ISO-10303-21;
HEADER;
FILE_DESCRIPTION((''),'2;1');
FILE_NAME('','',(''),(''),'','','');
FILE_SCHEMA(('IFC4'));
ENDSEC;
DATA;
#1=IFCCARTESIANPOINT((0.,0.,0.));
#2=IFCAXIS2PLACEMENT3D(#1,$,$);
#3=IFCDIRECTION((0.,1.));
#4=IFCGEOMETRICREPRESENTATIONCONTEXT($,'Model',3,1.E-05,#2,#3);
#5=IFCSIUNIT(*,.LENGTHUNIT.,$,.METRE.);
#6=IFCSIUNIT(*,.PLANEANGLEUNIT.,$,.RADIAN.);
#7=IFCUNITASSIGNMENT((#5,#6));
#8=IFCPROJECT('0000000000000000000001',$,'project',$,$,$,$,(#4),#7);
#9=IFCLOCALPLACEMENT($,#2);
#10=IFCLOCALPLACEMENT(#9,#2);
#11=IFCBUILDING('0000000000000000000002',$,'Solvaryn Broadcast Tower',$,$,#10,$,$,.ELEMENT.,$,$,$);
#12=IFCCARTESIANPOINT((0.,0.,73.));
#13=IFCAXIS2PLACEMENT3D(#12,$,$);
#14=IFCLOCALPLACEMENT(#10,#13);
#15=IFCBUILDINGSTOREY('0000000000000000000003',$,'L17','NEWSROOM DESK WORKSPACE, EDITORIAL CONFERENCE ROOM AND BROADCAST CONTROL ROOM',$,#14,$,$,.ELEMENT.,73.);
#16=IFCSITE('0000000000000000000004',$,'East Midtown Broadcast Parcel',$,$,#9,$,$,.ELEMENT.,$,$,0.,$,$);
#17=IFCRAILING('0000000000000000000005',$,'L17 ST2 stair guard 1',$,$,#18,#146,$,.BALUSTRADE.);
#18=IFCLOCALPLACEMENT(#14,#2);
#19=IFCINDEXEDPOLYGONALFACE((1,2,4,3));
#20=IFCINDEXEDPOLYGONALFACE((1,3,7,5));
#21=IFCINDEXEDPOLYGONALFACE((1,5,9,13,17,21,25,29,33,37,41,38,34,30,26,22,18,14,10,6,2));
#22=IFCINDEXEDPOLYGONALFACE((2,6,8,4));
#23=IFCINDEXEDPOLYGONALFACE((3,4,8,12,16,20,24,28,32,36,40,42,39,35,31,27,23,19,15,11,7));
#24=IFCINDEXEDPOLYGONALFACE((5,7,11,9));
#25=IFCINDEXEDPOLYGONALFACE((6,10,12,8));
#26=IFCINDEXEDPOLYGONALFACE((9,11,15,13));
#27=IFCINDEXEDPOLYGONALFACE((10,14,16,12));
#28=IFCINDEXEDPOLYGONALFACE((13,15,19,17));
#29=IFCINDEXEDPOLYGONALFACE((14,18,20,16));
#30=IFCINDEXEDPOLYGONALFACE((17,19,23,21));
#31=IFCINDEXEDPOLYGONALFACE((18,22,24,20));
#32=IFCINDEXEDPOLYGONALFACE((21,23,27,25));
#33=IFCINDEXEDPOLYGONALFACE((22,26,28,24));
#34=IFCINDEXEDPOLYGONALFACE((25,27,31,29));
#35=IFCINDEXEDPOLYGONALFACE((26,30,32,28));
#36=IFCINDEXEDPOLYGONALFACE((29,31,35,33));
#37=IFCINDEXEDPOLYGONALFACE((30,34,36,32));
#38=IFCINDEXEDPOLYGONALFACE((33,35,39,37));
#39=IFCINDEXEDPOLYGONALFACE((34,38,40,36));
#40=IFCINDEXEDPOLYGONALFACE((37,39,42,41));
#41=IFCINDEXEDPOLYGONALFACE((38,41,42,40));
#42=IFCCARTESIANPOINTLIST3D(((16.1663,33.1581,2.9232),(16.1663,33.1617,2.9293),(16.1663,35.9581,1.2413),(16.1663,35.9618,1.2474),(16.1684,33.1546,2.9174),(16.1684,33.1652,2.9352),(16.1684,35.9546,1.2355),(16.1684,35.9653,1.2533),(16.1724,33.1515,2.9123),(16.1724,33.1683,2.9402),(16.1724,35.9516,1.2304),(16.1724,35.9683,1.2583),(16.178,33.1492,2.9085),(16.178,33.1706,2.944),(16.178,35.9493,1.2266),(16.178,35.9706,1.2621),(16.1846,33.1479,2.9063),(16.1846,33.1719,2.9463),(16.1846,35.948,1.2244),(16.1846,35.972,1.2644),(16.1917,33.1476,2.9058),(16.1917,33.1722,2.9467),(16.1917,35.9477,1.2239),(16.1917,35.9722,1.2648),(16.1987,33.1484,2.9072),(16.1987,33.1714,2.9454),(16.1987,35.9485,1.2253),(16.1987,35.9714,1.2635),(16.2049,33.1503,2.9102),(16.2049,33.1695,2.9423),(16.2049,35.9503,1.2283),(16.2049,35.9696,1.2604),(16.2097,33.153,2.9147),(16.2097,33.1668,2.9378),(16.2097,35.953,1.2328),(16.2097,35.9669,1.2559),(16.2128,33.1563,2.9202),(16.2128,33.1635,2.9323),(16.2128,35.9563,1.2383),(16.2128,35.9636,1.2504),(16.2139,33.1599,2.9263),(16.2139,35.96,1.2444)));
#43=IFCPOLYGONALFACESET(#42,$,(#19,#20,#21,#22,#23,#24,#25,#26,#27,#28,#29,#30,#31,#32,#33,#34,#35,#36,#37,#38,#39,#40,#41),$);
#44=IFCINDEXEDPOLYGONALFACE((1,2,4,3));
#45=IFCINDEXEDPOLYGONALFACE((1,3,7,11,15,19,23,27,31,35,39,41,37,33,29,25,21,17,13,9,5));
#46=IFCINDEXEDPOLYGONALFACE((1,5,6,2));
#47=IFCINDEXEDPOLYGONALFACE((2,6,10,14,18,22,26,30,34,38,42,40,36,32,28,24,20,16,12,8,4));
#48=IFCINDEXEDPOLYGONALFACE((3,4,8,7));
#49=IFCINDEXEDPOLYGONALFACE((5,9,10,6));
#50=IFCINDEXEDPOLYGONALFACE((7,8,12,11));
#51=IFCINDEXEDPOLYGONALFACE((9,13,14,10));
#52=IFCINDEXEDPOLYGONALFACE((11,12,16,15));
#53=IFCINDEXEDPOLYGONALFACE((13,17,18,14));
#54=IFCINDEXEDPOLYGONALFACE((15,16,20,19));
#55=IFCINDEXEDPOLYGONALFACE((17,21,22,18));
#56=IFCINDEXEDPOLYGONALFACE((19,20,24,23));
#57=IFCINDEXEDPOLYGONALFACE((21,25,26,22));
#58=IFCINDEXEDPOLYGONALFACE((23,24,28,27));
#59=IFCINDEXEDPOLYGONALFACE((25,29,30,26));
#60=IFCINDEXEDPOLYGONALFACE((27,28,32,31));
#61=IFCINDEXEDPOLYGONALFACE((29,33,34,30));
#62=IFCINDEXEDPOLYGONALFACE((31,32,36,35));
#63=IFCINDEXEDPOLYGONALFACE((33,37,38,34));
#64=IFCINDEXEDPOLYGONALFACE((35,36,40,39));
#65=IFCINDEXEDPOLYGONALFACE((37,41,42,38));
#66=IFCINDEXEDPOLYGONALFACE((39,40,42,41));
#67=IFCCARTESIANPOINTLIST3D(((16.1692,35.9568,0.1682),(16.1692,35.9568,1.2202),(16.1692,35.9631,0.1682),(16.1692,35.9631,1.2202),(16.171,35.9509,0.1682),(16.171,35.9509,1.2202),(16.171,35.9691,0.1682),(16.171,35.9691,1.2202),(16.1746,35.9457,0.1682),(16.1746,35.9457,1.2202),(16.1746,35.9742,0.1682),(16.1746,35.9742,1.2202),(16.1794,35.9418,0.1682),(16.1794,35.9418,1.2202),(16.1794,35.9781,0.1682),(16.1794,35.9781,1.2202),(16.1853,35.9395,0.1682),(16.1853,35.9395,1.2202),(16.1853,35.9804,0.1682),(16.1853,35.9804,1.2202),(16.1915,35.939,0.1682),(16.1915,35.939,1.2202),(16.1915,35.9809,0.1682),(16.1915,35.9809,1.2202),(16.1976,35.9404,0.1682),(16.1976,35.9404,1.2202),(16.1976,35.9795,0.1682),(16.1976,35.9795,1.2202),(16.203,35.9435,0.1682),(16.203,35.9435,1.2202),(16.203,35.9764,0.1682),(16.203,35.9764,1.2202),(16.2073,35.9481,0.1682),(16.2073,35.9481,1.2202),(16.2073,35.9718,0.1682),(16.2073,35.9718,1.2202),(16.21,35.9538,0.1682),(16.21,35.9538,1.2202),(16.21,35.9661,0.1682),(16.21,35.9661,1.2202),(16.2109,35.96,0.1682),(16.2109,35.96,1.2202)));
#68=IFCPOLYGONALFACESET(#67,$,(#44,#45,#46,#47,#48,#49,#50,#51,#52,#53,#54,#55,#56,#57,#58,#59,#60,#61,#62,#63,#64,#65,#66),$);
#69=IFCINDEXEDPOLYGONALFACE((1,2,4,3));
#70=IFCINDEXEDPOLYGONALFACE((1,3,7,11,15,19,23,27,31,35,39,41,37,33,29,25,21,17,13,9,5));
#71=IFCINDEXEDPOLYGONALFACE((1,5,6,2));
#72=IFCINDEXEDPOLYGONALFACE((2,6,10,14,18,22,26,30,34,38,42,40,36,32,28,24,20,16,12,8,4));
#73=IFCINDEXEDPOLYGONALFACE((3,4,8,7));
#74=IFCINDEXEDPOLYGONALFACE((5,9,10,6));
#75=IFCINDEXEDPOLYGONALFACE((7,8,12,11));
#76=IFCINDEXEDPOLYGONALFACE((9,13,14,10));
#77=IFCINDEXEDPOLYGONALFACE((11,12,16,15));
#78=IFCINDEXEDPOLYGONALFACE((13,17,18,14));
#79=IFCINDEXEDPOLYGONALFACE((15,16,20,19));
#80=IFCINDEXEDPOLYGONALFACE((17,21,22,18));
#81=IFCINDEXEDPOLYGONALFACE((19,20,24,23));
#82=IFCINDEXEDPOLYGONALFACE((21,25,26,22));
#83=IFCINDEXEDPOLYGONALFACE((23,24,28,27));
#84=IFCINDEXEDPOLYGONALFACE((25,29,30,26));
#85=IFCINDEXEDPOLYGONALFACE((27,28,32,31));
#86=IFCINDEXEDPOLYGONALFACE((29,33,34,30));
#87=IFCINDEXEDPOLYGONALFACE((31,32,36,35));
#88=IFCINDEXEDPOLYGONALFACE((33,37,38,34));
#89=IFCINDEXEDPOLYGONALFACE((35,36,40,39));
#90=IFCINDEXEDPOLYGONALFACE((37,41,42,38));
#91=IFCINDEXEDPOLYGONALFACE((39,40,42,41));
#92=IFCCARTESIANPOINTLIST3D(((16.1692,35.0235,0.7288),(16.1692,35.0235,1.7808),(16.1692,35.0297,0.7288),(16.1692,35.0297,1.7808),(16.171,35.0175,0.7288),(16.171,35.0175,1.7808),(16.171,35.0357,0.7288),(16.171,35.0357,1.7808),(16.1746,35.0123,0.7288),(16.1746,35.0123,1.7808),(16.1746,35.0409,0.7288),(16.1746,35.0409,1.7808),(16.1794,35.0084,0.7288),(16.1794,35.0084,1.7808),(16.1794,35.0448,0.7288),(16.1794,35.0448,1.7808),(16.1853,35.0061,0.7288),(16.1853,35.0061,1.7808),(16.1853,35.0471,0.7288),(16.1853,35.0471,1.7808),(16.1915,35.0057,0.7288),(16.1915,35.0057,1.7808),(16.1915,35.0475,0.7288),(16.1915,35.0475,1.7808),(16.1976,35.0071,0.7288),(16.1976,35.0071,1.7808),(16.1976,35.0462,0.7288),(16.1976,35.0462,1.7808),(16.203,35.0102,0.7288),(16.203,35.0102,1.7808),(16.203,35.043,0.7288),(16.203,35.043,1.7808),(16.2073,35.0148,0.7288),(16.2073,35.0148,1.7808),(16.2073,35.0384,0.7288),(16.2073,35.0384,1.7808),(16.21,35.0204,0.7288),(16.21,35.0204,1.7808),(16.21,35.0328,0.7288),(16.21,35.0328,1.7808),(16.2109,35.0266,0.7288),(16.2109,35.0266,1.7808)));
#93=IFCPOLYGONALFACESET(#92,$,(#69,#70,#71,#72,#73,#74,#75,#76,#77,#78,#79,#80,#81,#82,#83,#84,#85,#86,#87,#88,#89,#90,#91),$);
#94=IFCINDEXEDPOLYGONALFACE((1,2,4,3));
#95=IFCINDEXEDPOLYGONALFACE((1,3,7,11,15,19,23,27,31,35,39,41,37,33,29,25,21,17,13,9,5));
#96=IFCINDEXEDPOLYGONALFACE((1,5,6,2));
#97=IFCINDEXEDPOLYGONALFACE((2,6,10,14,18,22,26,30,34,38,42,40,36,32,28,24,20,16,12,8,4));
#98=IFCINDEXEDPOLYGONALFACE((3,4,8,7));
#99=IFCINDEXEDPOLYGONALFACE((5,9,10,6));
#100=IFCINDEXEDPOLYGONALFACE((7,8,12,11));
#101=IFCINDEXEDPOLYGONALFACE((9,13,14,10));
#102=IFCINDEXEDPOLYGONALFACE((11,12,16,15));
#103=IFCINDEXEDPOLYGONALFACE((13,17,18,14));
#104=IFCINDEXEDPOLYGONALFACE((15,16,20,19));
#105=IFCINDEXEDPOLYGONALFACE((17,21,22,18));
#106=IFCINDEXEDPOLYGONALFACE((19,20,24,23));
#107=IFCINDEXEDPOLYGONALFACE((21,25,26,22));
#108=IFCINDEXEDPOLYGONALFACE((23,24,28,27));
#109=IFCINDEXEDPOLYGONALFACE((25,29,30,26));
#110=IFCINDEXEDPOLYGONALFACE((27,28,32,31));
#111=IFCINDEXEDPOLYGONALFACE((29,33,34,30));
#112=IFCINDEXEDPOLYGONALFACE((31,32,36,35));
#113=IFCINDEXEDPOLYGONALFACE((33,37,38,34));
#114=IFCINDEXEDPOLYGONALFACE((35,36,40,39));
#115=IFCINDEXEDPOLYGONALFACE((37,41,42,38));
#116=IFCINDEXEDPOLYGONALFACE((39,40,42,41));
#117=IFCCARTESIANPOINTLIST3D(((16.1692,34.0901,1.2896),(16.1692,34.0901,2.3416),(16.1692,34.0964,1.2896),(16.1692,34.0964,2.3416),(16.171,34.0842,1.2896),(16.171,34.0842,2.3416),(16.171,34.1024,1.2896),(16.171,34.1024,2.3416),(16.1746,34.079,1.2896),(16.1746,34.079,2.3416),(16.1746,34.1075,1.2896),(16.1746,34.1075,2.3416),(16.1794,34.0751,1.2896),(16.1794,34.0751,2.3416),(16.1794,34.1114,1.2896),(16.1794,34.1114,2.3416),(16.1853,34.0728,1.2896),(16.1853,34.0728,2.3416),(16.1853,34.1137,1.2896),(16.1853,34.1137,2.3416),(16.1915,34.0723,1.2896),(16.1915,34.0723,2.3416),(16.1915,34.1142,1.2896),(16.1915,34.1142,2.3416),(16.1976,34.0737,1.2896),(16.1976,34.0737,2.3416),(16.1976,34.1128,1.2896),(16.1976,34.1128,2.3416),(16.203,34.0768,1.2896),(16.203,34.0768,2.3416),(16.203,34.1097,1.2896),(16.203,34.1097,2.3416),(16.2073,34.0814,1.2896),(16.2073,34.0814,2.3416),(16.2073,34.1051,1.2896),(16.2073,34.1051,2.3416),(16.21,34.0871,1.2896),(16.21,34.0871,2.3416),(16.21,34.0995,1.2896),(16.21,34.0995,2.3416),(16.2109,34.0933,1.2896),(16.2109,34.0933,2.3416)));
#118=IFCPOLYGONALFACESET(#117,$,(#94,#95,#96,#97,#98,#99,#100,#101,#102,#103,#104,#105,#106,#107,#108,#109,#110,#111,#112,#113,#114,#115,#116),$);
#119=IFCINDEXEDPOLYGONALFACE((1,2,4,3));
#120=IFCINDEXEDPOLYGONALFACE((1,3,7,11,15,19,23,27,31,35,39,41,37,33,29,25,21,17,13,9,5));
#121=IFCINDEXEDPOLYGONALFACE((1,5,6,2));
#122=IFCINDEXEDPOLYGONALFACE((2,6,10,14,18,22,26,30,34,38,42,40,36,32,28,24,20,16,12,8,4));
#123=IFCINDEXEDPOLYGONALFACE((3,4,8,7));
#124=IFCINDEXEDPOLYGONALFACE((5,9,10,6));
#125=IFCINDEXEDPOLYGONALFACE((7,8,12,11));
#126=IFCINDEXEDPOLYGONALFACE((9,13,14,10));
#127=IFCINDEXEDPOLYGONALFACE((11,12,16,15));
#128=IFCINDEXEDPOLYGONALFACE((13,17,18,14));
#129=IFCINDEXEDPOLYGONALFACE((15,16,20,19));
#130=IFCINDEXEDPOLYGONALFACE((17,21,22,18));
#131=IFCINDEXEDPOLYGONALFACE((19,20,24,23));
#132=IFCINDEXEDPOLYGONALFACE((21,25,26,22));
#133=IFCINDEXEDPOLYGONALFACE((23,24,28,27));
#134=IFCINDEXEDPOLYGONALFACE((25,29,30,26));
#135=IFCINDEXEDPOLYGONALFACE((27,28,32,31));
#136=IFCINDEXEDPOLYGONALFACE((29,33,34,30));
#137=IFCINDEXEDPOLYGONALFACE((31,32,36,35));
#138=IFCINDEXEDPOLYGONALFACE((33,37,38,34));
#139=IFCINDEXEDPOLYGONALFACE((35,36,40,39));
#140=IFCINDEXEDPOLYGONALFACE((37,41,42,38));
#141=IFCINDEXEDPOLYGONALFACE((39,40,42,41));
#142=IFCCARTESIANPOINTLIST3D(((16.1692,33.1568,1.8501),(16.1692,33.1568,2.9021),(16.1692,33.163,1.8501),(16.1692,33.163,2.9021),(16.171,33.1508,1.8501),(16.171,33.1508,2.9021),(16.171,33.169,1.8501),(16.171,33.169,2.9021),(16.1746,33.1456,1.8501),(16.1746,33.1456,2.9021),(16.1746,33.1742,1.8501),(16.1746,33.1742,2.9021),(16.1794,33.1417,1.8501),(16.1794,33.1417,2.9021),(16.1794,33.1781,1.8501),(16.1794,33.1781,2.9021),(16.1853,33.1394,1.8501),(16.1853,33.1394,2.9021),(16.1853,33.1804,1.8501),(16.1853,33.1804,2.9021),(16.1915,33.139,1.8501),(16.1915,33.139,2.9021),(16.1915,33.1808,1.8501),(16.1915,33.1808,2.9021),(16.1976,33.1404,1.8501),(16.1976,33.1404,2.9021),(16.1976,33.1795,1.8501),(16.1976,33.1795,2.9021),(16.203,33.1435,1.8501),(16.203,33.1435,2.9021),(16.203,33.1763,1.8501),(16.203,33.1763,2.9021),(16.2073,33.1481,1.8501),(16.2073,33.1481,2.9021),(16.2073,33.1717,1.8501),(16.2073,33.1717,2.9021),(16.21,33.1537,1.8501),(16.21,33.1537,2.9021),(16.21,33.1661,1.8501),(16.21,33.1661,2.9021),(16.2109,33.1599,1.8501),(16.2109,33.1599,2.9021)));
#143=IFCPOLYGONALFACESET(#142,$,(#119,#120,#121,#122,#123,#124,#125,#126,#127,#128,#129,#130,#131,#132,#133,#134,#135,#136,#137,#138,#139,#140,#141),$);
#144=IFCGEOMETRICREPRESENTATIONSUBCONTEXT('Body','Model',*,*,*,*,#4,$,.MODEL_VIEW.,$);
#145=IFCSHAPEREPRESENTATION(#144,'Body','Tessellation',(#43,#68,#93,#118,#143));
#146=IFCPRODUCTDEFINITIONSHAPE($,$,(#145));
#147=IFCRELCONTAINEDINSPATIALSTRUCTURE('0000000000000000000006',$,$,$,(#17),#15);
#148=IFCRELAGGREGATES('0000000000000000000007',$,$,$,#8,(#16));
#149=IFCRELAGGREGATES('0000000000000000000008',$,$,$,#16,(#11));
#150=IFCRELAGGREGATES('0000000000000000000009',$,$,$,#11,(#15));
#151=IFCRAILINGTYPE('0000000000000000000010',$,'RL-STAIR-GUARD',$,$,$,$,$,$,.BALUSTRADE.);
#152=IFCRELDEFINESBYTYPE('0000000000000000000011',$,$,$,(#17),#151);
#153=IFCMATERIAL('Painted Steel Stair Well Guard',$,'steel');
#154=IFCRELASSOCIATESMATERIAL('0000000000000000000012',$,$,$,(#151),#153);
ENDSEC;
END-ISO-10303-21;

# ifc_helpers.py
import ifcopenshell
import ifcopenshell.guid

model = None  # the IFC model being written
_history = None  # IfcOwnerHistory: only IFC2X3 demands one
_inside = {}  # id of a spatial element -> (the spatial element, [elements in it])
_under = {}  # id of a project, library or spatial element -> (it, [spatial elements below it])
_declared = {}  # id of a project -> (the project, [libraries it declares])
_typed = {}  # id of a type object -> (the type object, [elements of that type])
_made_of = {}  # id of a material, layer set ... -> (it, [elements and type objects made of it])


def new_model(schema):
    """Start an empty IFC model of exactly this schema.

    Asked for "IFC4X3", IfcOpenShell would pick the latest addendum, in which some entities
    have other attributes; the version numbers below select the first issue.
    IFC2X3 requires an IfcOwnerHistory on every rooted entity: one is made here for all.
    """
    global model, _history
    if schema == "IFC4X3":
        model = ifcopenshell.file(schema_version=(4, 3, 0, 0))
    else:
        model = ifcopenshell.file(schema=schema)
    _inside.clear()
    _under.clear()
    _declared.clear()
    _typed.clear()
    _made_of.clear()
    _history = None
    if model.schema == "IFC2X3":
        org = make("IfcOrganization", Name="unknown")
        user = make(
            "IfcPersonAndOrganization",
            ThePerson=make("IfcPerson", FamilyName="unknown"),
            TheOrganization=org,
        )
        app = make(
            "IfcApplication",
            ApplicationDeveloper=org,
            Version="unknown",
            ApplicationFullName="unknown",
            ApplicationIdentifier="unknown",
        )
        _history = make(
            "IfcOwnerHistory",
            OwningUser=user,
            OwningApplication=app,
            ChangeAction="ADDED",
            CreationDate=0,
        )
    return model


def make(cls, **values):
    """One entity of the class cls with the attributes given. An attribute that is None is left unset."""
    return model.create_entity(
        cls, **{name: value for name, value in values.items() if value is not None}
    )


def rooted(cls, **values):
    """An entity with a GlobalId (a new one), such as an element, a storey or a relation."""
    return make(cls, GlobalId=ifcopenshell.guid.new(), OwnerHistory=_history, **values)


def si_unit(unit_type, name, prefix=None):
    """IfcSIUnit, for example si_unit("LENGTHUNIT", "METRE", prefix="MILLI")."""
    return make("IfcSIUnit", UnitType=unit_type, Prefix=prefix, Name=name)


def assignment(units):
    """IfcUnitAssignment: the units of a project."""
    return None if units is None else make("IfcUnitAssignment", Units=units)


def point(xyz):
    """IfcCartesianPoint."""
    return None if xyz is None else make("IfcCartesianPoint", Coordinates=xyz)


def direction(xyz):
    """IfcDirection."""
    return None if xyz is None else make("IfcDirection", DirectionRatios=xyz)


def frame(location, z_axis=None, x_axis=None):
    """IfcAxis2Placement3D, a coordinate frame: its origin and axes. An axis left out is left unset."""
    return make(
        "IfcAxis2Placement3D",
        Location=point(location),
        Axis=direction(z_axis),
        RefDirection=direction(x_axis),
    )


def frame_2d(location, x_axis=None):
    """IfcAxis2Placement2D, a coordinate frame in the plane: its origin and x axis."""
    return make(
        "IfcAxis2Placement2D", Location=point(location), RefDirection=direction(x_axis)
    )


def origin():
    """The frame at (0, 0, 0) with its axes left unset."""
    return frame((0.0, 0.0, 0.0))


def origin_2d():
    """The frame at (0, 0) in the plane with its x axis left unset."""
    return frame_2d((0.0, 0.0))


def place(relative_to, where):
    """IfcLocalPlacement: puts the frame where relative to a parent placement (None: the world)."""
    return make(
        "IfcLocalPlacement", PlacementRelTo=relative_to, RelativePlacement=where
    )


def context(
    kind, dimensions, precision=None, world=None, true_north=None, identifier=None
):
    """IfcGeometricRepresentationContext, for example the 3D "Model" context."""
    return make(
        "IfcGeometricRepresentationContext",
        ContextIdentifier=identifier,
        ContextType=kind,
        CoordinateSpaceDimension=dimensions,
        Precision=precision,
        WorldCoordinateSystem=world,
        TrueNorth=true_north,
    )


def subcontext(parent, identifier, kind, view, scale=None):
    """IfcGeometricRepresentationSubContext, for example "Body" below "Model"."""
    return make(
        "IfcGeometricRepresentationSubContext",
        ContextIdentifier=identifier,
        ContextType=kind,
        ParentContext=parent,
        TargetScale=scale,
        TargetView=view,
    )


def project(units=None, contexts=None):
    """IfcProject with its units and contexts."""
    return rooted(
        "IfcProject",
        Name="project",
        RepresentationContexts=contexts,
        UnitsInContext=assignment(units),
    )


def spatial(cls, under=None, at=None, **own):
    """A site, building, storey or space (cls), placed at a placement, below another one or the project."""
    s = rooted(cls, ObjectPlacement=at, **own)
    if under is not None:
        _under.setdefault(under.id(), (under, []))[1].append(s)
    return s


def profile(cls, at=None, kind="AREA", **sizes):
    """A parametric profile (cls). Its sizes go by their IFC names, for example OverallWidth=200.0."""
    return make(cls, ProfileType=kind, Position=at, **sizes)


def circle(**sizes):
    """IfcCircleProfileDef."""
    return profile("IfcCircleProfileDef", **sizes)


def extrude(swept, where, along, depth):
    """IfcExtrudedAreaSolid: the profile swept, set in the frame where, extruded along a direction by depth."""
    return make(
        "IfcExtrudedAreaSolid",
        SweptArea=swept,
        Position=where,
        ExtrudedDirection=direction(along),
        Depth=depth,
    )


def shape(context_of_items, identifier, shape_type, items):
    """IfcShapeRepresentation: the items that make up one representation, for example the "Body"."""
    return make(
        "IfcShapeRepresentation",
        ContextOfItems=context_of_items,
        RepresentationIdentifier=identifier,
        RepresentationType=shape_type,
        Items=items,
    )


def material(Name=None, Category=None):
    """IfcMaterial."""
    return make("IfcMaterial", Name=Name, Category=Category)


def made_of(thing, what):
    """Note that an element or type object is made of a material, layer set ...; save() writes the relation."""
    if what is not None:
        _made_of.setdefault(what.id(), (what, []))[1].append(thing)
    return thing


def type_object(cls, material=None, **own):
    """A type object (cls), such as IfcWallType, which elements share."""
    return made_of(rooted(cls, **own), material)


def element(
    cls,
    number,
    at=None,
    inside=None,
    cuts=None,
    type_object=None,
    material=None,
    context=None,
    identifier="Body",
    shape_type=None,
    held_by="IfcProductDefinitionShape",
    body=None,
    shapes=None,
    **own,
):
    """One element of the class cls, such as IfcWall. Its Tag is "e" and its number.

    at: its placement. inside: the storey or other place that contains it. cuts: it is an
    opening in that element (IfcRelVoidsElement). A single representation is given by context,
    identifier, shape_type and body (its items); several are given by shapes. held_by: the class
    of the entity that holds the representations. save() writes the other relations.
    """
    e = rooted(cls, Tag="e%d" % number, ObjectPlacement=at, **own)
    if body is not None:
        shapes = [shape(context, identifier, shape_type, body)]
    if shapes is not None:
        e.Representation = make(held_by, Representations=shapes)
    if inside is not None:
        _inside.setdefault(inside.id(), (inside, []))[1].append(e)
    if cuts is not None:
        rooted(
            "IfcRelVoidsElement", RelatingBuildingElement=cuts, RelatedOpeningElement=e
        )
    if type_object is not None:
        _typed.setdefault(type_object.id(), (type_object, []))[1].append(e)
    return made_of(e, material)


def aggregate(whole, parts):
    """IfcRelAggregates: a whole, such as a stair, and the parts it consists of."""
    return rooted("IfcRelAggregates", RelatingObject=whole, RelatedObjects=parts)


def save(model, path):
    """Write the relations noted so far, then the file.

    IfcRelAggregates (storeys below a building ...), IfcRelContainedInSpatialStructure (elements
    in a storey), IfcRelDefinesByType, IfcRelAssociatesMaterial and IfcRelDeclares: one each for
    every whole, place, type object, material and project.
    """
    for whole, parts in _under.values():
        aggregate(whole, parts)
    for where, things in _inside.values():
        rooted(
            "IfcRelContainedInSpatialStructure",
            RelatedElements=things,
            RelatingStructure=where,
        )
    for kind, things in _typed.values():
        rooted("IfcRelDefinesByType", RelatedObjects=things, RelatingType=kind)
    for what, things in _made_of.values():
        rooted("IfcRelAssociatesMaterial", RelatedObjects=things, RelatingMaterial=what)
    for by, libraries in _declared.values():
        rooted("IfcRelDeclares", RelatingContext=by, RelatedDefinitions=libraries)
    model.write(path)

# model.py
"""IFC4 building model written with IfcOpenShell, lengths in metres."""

from ifc_helpers import new_model, si_unit, direction, frame, origin, origin_2d, place, context, subcontext, project, spatial, circle, extrude, material, type_object, element, save


model = new_model("IFC4")

# Units and contexts
model_context = context("Model", 3, precision=1e-05, world=origin(), true_north=direction((0.0, 1.0)))
body_context = subcontext(model_context, "Body", "Model", "MODEL_VIEW")
ifc_project = project(units=[si_unit("LENGTHUNIT", "METRE"), si_unit("PLANEANGLEUNIT", "RADIAN")], contexts=[model_context])

# Site, building, storey
site_placement = place(None, origin())
site = spatial("IfcSite", under=ifc_project, at=site_placement, Name="East Midtown Broadcast Parcel", CompositionType="ELEMENT", RefElevation=0.0)
building_placement = place(site_placement, origin())
building = spatial("IfcBuilding", under=site, at=building_placement, Name="Solvaryn Broadcast Tower", CompositionType="ELEMENT")
storey_placement = place(building_placement, frame((0.0, 0.0, 73.0)))
storey = spatial("IfcBuildingStorey", under=building, at=storey_placement, Name="L17", Description="NEWSROOM DESK WORKSPACE, EDITORIAL CONFERENCE ROOM AND BROADCAST CONTROL ROOM", CompositionType="ELEMENT", Elevation=73.0)

# Railing
ifc_material_1 = material(Name="Painted Steel Stair Well Guard", Category="steel")
railing_type_1 = type_object("IfcRailingType", Name="RL-STAIR-GUARD", PredefinedType="BALUSTRADE", material=ifc_material_1)
railing_1_placement = place(storey_placement, frame((16.1899, 35.96, 0.1682)))
element("IfcRailing", 1, at=railing_1_placement, inside=storey, type_object=railing_type_1, Name="L17 ST2 stair guard 1", PredefinedType="BALUSTRADE", context=body_context, shape_type="SweptSolid", body=[
    extrude(circle(Radius=0.0239, at=origin_2d()), frame((0.0, 0.0, 1.0762), z_axis=(0.0, -0.857242, 0.514913), x_axis=(1.0, 0.0, 0.0)), (0.0, 0.0, 1.0), 3.2664),
    extrude(circle(Radius=0.021, at=origin_2d()), origin(), (0.0, 0.0, 1.0), 1.052),
    extrude(circle(Radius=0.021, at=origin_2d()), frame((0.0, -0.9333, 0.5605)), (0.0, 0.0, 1.0), 1.052),
    extrude(circle(Radius=0.021, at=origin_2d()), frame((0.0, -1.8667, 1.1213)), (0.0, 0.0, 1.0), 1.052),
    extrude(circle(Radius=0.021, at=origin_2d()), frame((0.0, -2.8, 1.6819)), (0.0, 0.0, 1.0), 1.052),
])

save(model, "model.ifc")
